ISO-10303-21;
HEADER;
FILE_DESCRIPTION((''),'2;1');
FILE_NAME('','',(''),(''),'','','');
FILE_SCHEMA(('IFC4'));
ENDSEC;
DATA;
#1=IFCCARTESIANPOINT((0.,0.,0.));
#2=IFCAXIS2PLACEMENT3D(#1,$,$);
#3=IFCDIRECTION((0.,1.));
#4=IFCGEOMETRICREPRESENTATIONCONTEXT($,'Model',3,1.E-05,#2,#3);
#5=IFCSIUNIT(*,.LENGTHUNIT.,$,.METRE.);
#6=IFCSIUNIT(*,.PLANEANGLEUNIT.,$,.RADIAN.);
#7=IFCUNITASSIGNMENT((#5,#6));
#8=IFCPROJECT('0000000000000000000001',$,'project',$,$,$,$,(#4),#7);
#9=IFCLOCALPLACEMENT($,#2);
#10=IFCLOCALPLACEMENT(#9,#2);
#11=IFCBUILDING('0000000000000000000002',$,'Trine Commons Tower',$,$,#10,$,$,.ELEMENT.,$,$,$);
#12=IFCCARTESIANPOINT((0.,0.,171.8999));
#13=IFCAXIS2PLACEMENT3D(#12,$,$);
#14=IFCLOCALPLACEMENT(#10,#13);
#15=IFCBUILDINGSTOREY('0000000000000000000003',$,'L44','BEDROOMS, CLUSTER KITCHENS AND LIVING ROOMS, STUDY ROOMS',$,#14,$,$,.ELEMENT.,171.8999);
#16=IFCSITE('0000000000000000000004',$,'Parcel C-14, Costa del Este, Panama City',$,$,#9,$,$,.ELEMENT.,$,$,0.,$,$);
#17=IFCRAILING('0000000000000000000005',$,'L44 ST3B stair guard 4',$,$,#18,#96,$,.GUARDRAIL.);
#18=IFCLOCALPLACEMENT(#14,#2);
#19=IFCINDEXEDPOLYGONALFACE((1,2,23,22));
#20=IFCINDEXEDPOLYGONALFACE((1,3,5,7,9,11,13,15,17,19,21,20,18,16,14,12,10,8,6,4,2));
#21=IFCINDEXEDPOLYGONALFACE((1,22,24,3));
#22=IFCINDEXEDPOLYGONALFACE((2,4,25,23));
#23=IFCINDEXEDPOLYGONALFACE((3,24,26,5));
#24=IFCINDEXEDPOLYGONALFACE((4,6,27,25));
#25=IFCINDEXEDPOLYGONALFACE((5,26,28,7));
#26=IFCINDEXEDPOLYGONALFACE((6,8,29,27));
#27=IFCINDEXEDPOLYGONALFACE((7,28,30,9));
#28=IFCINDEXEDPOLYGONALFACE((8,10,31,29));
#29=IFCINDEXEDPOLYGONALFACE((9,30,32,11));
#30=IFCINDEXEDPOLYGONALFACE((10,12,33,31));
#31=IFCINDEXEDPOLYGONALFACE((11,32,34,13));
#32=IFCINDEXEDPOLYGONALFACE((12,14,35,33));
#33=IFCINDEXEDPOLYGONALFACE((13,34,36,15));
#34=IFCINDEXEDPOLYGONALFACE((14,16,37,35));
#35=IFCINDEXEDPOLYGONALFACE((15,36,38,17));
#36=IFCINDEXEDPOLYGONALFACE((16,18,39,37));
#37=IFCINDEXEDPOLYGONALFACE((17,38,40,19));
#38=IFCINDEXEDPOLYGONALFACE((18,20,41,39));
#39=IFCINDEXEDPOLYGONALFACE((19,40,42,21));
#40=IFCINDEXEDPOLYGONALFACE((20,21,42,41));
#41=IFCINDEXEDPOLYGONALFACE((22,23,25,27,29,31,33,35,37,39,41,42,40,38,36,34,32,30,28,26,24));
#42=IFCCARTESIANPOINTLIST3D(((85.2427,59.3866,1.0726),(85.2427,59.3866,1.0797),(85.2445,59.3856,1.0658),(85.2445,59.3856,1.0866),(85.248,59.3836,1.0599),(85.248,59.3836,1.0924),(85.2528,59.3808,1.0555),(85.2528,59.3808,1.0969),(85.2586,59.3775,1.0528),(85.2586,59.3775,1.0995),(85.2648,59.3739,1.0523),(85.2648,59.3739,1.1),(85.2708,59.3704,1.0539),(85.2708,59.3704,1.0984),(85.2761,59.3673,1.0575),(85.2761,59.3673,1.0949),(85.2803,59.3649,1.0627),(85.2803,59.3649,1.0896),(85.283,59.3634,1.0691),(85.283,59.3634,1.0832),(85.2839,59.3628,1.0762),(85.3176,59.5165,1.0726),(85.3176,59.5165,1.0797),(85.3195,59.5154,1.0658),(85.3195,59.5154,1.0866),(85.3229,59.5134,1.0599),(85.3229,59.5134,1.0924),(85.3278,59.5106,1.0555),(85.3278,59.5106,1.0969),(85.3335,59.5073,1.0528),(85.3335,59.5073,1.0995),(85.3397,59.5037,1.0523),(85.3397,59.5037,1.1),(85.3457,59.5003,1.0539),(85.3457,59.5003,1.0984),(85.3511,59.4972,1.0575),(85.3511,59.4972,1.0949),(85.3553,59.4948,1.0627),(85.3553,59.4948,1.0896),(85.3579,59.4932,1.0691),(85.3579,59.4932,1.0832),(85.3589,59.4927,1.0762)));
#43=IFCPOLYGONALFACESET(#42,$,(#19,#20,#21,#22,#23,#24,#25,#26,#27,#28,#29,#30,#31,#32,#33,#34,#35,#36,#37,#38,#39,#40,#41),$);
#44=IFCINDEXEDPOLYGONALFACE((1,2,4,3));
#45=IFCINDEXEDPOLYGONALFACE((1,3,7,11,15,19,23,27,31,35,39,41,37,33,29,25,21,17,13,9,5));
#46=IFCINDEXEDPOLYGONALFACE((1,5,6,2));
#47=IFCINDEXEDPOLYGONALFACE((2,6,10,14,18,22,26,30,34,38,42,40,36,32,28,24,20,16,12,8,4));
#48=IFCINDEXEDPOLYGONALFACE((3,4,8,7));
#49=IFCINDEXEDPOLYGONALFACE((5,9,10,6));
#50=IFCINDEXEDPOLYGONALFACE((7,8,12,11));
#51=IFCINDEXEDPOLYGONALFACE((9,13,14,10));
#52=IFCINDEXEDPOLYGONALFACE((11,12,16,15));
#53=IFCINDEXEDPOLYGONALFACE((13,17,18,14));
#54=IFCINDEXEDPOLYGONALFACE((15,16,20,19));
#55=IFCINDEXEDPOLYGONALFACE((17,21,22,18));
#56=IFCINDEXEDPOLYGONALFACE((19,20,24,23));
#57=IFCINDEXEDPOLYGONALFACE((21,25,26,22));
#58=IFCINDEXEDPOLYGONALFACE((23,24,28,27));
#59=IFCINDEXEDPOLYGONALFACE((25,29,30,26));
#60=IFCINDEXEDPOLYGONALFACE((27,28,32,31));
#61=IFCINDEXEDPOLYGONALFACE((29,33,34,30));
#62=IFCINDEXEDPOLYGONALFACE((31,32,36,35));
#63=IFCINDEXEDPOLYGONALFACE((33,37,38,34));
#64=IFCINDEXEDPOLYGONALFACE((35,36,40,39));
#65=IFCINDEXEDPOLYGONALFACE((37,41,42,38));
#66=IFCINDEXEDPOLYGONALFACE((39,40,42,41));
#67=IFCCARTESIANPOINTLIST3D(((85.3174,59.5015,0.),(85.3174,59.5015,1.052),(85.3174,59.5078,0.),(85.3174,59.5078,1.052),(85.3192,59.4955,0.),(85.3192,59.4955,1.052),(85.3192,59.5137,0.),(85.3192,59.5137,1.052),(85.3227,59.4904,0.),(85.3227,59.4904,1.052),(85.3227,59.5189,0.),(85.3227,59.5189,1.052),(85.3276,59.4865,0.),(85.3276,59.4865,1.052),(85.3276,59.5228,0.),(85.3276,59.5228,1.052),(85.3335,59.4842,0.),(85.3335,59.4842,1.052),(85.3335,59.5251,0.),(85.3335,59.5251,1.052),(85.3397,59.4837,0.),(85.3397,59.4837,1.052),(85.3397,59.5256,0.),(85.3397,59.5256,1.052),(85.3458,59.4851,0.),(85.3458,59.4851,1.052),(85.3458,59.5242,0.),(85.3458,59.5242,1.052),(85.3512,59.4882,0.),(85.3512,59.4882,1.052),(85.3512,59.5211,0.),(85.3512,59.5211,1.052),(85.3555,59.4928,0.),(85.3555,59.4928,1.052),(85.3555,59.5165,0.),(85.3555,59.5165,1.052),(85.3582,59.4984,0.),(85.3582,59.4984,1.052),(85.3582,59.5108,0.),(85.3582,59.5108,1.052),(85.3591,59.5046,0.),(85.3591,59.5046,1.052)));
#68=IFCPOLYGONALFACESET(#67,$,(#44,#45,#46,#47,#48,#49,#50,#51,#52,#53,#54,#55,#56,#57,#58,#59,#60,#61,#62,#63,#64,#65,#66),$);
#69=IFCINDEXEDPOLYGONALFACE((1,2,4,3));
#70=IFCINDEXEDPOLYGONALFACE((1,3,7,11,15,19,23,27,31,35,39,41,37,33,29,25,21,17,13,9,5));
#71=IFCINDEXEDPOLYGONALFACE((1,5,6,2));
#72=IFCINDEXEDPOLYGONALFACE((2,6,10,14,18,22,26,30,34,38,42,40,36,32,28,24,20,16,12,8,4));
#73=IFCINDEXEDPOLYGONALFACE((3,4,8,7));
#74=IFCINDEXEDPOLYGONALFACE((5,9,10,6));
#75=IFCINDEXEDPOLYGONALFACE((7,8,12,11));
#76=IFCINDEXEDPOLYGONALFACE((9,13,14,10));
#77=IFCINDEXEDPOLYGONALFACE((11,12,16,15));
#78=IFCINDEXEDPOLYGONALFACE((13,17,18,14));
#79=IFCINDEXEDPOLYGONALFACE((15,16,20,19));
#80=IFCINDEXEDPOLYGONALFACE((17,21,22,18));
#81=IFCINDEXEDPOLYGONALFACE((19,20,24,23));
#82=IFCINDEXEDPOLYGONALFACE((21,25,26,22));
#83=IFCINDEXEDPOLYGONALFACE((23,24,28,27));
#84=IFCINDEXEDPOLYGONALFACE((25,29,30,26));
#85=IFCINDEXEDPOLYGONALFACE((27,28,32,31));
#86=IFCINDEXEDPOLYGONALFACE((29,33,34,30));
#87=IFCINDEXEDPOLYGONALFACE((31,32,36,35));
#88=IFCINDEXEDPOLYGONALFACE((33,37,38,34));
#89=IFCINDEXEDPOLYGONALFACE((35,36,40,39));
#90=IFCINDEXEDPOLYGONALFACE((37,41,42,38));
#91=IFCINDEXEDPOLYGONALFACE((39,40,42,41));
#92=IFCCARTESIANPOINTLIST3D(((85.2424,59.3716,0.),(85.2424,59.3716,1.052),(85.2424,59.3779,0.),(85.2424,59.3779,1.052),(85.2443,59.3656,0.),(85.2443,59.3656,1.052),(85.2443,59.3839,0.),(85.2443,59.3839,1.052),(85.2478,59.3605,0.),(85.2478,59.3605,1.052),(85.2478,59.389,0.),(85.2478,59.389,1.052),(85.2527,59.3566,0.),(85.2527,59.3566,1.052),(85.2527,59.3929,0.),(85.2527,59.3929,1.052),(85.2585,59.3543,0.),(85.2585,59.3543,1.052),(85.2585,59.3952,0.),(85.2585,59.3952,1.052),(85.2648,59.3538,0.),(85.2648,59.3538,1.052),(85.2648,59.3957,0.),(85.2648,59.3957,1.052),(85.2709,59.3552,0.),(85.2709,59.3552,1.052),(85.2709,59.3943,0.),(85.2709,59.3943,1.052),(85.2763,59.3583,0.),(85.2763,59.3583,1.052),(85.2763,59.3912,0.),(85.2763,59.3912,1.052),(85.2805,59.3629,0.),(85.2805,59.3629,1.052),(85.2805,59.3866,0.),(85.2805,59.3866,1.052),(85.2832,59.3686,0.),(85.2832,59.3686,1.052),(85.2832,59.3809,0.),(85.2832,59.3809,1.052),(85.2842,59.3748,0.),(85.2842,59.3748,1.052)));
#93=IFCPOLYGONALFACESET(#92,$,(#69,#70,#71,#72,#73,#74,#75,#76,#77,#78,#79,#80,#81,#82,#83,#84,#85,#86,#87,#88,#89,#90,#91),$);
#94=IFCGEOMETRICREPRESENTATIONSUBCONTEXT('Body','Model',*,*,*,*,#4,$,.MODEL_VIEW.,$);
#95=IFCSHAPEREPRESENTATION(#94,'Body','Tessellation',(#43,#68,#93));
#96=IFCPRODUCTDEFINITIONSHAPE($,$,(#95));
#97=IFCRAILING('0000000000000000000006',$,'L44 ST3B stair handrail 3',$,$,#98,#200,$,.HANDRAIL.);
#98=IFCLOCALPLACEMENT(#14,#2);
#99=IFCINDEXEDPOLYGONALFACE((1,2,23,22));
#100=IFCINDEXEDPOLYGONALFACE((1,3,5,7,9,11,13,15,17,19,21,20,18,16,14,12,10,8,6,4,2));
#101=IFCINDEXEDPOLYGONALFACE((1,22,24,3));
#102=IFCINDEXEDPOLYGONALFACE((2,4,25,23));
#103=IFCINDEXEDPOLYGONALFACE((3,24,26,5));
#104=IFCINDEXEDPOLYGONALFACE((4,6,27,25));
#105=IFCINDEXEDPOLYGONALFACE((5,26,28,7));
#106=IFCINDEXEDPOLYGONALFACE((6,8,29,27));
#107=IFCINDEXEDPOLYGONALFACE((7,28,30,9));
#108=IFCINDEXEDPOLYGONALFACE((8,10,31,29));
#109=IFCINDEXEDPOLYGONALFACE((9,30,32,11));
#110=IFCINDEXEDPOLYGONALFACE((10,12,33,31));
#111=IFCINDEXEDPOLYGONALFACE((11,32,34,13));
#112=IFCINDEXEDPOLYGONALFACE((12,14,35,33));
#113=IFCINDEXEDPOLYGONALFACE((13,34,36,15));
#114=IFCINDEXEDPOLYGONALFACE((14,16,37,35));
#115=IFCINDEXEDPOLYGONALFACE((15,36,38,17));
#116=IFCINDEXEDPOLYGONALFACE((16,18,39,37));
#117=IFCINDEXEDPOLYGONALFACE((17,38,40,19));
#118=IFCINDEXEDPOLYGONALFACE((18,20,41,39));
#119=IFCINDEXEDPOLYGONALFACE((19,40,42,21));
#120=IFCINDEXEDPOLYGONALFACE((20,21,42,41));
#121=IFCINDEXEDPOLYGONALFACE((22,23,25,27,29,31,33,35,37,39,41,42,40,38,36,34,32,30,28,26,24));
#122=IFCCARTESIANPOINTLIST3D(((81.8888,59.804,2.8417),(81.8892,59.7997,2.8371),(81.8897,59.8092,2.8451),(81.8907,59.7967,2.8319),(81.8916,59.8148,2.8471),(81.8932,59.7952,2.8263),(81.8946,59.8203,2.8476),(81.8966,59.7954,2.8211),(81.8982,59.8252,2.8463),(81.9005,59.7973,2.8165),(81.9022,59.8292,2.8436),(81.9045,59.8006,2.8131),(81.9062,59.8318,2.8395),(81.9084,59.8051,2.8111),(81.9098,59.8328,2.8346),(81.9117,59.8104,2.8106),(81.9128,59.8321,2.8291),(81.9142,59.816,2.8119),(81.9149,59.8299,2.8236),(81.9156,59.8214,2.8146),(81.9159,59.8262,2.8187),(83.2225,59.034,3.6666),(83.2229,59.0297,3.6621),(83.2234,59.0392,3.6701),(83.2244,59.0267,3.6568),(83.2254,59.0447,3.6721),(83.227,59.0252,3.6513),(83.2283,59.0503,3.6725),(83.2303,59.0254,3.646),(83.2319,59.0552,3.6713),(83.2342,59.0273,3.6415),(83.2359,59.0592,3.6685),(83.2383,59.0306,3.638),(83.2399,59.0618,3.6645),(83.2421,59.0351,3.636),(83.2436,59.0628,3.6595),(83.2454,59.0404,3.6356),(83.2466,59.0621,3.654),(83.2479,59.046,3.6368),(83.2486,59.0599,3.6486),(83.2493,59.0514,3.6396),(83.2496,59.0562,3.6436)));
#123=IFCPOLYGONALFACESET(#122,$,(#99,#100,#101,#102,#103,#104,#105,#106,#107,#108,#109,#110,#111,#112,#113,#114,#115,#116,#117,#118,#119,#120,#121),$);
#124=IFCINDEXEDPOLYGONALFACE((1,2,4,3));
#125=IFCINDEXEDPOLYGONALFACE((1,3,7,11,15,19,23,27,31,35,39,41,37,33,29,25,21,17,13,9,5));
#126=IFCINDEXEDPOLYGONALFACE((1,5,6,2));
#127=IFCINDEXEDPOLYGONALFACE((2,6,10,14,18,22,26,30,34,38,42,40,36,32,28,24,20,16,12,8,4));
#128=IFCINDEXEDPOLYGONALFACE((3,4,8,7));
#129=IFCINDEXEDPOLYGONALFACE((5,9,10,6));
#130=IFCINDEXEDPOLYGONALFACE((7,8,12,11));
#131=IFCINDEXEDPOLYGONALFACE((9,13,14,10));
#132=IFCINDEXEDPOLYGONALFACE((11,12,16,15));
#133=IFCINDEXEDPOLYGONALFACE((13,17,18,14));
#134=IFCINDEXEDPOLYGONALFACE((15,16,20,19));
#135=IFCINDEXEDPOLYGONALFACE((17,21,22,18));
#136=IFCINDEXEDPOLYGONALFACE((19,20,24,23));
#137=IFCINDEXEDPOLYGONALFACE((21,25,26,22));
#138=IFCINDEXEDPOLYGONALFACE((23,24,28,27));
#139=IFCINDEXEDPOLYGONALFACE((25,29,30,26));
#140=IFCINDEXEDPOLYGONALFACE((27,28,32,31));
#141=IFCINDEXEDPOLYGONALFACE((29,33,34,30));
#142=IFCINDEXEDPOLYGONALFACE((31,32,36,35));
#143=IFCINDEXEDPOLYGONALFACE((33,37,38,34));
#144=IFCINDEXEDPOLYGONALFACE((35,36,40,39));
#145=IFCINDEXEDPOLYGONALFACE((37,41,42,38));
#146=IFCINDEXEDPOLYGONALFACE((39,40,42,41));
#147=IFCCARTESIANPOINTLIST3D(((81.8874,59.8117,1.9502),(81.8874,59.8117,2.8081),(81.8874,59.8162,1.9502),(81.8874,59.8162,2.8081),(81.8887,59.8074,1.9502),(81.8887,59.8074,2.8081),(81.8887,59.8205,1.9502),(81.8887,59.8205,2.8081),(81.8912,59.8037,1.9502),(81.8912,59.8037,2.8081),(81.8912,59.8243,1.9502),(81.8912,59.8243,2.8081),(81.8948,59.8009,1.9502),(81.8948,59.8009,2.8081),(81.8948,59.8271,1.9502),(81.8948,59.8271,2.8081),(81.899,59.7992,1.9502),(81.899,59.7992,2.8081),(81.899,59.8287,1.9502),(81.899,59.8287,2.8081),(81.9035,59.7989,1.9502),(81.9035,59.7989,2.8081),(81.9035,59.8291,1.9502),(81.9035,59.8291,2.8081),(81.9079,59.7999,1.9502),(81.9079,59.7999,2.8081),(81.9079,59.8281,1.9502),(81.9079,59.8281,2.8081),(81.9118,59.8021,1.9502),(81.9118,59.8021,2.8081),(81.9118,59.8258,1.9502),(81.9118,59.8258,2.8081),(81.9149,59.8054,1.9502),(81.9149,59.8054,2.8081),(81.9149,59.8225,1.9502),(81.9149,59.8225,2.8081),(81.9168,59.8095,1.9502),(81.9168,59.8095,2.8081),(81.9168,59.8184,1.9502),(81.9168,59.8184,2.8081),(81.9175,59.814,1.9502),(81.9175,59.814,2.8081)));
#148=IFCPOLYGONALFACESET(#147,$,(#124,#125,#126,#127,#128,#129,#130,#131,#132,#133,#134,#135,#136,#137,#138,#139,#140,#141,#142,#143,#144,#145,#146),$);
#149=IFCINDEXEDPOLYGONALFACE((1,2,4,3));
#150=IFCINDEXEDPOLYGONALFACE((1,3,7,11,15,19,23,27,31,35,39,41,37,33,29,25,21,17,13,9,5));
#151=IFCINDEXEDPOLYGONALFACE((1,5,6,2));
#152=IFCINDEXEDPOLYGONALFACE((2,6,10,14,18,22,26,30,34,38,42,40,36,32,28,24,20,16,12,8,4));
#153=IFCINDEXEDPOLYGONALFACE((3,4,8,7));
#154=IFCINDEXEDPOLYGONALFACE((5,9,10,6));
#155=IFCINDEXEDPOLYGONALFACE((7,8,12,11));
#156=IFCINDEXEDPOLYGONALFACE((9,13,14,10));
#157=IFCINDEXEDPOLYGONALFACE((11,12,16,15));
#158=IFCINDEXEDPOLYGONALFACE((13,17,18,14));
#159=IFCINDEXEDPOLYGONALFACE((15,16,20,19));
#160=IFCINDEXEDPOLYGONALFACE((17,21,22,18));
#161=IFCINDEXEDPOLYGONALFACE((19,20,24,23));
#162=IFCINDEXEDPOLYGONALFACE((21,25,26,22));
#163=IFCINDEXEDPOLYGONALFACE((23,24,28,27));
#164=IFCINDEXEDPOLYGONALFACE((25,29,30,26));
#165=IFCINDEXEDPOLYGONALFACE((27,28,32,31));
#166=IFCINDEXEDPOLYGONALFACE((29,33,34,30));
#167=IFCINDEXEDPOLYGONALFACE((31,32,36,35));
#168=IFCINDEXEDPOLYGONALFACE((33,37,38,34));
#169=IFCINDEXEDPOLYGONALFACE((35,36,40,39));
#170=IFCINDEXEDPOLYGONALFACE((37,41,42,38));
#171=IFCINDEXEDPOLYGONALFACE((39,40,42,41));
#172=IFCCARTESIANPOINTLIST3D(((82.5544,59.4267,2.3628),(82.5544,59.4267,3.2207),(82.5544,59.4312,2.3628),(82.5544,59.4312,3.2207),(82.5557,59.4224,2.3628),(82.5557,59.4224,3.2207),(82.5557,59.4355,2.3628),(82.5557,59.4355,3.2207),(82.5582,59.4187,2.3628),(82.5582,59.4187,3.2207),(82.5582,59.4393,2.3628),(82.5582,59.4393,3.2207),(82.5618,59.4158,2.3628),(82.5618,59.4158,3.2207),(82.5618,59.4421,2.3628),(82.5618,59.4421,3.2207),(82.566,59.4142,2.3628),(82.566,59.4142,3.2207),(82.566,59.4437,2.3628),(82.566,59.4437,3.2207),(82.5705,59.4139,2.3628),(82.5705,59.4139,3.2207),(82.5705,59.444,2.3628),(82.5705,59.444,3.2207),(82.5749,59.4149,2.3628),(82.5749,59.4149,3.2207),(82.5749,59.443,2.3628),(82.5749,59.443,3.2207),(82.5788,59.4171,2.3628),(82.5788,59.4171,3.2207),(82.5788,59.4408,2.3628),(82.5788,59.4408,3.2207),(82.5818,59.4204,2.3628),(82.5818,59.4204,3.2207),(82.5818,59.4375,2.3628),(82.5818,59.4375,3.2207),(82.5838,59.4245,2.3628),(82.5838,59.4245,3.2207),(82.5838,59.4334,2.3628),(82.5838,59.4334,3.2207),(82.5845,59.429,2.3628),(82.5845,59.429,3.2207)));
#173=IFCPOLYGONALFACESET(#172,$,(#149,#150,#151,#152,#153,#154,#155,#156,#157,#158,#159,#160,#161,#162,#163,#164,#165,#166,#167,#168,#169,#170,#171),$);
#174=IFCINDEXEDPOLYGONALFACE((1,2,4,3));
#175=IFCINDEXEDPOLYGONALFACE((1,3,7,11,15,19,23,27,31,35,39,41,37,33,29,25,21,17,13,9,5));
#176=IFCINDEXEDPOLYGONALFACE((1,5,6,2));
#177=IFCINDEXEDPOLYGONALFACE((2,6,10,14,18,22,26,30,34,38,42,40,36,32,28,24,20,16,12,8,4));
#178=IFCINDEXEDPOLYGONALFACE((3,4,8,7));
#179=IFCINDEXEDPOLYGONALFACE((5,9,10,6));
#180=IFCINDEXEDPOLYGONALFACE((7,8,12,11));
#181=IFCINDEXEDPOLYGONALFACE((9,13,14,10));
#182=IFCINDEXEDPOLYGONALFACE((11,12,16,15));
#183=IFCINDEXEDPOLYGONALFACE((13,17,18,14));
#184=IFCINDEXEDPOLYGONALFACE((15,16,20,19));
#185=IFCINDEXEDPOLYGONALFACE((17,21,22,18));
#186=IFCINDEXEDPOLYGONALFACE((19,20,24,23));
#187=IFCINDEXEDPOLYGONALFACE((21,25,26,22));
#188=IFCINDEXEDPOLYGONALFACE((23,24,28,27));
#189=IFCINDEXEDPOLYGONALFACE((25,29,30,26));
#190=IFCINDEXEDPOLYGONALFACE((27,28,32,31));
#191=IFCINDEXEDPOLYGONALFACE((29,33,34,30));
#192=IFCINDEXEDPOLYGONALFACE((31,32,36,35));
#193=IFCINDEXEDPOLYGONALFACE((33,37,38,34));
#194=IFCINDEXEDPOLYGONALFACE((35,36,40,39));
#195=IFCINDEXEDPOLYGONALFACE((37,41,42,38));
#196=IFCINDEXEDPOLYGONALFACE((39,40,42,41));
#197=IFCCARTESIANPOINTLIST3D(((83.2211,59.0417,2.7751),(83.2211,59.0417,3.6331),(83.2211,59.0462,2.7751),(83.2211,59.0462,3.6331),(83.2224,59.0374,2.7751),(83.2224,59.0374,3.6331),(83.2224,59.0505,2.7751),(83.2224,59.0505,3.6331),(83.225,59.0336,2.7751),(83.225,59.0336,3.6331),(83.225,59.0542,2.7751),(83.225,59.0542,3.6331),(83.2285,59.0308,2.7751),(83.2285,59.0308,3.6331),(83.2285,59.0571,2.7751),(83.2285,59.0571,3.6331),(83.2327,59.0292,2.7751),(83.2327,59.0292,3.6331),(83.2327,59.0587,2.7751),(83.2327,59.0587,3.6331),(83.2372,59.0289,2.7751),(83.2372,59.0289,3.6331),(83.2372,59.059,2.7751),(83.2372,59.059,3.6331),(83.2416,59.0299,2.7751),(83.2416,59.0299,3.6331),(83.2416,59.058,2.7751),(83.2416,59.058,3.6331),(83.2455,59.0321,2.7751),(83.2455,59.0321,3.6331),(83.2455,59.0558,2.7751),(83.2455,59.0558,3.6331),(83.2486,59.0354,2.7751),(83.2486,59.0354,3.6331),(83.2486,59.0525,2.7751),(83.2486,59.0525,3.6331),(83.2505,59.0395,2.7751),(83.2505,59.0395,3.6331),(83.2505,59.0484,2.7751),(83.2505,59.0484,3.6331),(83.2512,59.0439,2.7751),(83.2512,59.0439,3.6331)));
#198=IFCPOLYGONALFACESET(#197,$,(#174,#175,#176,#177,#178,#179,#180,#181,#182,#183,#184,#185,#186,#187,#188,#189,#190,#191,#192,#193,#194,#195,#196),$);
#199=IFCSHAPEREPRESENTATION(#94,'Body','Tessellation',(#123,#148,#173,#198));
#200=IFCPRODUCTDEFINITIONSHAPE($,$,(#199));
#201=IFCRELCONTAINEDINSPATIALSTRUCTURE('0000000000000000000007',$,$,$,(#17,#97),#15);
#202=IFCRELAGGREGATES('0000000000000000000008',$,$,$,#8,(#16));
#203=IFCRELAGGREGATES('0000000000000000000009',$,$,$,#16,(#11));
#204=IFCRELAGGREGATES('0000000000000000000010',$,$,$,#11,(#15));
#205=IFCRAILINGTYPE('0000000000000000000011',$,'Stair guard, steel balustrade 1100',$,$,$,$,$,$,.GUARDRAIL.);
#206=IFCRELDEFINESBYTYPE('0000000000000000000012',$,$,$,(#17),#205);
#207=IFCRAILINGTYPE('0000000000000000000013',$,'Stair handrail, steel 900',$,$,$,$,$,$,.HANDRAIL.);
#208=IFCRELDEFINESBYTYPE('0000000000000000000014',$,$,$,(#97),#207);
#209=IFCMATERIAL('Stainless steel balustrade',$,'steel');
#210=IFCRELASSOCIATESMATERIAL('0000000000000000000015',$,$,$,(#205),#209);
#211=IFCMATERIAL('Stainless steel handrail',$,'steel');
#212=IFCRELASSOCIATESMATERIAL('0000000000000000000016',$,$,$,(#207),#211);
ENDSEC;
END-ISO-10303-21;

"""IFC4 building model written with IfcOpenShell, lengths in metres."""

from ifc_helpers import new_model, si_unit, direction, frame, origin, origin_2d, place, context, subcontext, project, spatial, circle, extrude, material, type_object, element, save


model = new_model("IFC4")

# Units and contexts
model_context = context("Model", 3, precision=1e-05, world=origin(), true_north=direction((0.0, 1.0)))
body_context = subcontext(model_context, "Body", "Model", "MODEL_VIEW")
ifc_project = project(units=[si_unit("LENGTHUNIT", "METRE"), si_unit("PLANEANGLEUNIT", "RADIAN")], contexts=[model_context])

# Site, building, storey
site_placement = place(None, origin())
site = spatial("IfcSite", under=ifc_project, at=site_placement, Name="Parcel C-14, Costa del Este, Panama City", CompositionType="ELEMENT", RefElevation=0.0)
building_placement = place(site_placement, origin())
building = spatial("IfcBuilding", under=site, at=building_placement, Name="Trine Commons Tower", CompositionType="ELEMENT")
storey_placement = place(building_placement, frame((0.0, 0.0, 171.8999)))
storey = spatial("IfcBuildingStorey", under=building, at=storey_placement, Name="L44", Description="BEDROOMS, CLUSTER KITCHENS AND LIVING ROOMS, STUDY ROOMS", CompositionType="ELEMENT", Elevation=171.8999)

# Railings
ifc_material_1 = material(Name="Stainless steel balustrade", Category="steel")
railing_type_1 = type_object("IfcRailingType", Name="Stair guard, steel balustrade 1100", PredefinedType="GUARDRAIL", material=ifc_material_1)
railing_1_placement = place(storey_placement, frame((85.3381, 59.5046, 0.0)))
element("IfcRailing", 1, at=railing_1_placement, inside=storey, type_object=railing_type_1, Name="L44 ST3B stair guard 4", PredefinedType="GUARDRAIL", context=body_context, shape_type="SweptSolid", body=[
    extrude(circle(Radius=0.0239, at=origin_2d()), frame((0.0, 0.0, 1.0762), z_axis=(-0.499816, -0.866131, 0.0), x_axis=(0.866131, -0.499816, 0.0)), (0.0, 0.0, 1.0), 0.1499),
    extrude(circle(Radius=0.021, at=origin_2d()), origin(), (0.0, 0.0, 1.0), 1.052),
    extrude(circle(Radius=0.021, at=origin_2d()), frame((-0.075, -0.1299, 0.0)), (0.0, 0.0, 1.0), 1.052),
])
ifc_material_2 = material(Name="Stainless steel handrail", Category="steel")
railing_type_2 = type_object("IfcRailingType", Name="Stair handrail, steel 900", PredefinedType="HANDRAIL", material=ifc_material_2)
for number, where, name in (
    (2, (81.9023, 59.814, 1.9502), "L44 ST3B stair handrail 3"),
):
    element("IfcRailing", number, at=place(storey_placement, frame(where)), inside=storey, type_object=railing_type_2, Name=name, PredefinedType="HANDRAIL", context=body_context, shape_type="SweptSolid", body=[
        extrude(circle(Radius=0.021, at=origin_2d()), frame((0.0, 0.0, 0.8789), z_axis=(0.763405, -0.440743, 0.472185), x_axis=(0.499992, 0.86603, 0.0)), (0.0, 0.0, 1.0), 1.7471),
        extrude(circle(Radius=0.0151, at=origin_2d()), origin(), (0.0, 0.0, 1.0), 0.8579),
        extrude(circle(Radius=0.0151, at=origin_2d()), frame((0.667, -0.385, 0.4126)), (0.0, 0.0, 1.0), 0.8579),
        extrude(circle(Radius=0.0151, at=origin_2d()), frame((1.3337, -0.77, 0.825)), (0.0, 0.0, 1.0), 0.8579),
    ])

save(model, "model.ifc")
